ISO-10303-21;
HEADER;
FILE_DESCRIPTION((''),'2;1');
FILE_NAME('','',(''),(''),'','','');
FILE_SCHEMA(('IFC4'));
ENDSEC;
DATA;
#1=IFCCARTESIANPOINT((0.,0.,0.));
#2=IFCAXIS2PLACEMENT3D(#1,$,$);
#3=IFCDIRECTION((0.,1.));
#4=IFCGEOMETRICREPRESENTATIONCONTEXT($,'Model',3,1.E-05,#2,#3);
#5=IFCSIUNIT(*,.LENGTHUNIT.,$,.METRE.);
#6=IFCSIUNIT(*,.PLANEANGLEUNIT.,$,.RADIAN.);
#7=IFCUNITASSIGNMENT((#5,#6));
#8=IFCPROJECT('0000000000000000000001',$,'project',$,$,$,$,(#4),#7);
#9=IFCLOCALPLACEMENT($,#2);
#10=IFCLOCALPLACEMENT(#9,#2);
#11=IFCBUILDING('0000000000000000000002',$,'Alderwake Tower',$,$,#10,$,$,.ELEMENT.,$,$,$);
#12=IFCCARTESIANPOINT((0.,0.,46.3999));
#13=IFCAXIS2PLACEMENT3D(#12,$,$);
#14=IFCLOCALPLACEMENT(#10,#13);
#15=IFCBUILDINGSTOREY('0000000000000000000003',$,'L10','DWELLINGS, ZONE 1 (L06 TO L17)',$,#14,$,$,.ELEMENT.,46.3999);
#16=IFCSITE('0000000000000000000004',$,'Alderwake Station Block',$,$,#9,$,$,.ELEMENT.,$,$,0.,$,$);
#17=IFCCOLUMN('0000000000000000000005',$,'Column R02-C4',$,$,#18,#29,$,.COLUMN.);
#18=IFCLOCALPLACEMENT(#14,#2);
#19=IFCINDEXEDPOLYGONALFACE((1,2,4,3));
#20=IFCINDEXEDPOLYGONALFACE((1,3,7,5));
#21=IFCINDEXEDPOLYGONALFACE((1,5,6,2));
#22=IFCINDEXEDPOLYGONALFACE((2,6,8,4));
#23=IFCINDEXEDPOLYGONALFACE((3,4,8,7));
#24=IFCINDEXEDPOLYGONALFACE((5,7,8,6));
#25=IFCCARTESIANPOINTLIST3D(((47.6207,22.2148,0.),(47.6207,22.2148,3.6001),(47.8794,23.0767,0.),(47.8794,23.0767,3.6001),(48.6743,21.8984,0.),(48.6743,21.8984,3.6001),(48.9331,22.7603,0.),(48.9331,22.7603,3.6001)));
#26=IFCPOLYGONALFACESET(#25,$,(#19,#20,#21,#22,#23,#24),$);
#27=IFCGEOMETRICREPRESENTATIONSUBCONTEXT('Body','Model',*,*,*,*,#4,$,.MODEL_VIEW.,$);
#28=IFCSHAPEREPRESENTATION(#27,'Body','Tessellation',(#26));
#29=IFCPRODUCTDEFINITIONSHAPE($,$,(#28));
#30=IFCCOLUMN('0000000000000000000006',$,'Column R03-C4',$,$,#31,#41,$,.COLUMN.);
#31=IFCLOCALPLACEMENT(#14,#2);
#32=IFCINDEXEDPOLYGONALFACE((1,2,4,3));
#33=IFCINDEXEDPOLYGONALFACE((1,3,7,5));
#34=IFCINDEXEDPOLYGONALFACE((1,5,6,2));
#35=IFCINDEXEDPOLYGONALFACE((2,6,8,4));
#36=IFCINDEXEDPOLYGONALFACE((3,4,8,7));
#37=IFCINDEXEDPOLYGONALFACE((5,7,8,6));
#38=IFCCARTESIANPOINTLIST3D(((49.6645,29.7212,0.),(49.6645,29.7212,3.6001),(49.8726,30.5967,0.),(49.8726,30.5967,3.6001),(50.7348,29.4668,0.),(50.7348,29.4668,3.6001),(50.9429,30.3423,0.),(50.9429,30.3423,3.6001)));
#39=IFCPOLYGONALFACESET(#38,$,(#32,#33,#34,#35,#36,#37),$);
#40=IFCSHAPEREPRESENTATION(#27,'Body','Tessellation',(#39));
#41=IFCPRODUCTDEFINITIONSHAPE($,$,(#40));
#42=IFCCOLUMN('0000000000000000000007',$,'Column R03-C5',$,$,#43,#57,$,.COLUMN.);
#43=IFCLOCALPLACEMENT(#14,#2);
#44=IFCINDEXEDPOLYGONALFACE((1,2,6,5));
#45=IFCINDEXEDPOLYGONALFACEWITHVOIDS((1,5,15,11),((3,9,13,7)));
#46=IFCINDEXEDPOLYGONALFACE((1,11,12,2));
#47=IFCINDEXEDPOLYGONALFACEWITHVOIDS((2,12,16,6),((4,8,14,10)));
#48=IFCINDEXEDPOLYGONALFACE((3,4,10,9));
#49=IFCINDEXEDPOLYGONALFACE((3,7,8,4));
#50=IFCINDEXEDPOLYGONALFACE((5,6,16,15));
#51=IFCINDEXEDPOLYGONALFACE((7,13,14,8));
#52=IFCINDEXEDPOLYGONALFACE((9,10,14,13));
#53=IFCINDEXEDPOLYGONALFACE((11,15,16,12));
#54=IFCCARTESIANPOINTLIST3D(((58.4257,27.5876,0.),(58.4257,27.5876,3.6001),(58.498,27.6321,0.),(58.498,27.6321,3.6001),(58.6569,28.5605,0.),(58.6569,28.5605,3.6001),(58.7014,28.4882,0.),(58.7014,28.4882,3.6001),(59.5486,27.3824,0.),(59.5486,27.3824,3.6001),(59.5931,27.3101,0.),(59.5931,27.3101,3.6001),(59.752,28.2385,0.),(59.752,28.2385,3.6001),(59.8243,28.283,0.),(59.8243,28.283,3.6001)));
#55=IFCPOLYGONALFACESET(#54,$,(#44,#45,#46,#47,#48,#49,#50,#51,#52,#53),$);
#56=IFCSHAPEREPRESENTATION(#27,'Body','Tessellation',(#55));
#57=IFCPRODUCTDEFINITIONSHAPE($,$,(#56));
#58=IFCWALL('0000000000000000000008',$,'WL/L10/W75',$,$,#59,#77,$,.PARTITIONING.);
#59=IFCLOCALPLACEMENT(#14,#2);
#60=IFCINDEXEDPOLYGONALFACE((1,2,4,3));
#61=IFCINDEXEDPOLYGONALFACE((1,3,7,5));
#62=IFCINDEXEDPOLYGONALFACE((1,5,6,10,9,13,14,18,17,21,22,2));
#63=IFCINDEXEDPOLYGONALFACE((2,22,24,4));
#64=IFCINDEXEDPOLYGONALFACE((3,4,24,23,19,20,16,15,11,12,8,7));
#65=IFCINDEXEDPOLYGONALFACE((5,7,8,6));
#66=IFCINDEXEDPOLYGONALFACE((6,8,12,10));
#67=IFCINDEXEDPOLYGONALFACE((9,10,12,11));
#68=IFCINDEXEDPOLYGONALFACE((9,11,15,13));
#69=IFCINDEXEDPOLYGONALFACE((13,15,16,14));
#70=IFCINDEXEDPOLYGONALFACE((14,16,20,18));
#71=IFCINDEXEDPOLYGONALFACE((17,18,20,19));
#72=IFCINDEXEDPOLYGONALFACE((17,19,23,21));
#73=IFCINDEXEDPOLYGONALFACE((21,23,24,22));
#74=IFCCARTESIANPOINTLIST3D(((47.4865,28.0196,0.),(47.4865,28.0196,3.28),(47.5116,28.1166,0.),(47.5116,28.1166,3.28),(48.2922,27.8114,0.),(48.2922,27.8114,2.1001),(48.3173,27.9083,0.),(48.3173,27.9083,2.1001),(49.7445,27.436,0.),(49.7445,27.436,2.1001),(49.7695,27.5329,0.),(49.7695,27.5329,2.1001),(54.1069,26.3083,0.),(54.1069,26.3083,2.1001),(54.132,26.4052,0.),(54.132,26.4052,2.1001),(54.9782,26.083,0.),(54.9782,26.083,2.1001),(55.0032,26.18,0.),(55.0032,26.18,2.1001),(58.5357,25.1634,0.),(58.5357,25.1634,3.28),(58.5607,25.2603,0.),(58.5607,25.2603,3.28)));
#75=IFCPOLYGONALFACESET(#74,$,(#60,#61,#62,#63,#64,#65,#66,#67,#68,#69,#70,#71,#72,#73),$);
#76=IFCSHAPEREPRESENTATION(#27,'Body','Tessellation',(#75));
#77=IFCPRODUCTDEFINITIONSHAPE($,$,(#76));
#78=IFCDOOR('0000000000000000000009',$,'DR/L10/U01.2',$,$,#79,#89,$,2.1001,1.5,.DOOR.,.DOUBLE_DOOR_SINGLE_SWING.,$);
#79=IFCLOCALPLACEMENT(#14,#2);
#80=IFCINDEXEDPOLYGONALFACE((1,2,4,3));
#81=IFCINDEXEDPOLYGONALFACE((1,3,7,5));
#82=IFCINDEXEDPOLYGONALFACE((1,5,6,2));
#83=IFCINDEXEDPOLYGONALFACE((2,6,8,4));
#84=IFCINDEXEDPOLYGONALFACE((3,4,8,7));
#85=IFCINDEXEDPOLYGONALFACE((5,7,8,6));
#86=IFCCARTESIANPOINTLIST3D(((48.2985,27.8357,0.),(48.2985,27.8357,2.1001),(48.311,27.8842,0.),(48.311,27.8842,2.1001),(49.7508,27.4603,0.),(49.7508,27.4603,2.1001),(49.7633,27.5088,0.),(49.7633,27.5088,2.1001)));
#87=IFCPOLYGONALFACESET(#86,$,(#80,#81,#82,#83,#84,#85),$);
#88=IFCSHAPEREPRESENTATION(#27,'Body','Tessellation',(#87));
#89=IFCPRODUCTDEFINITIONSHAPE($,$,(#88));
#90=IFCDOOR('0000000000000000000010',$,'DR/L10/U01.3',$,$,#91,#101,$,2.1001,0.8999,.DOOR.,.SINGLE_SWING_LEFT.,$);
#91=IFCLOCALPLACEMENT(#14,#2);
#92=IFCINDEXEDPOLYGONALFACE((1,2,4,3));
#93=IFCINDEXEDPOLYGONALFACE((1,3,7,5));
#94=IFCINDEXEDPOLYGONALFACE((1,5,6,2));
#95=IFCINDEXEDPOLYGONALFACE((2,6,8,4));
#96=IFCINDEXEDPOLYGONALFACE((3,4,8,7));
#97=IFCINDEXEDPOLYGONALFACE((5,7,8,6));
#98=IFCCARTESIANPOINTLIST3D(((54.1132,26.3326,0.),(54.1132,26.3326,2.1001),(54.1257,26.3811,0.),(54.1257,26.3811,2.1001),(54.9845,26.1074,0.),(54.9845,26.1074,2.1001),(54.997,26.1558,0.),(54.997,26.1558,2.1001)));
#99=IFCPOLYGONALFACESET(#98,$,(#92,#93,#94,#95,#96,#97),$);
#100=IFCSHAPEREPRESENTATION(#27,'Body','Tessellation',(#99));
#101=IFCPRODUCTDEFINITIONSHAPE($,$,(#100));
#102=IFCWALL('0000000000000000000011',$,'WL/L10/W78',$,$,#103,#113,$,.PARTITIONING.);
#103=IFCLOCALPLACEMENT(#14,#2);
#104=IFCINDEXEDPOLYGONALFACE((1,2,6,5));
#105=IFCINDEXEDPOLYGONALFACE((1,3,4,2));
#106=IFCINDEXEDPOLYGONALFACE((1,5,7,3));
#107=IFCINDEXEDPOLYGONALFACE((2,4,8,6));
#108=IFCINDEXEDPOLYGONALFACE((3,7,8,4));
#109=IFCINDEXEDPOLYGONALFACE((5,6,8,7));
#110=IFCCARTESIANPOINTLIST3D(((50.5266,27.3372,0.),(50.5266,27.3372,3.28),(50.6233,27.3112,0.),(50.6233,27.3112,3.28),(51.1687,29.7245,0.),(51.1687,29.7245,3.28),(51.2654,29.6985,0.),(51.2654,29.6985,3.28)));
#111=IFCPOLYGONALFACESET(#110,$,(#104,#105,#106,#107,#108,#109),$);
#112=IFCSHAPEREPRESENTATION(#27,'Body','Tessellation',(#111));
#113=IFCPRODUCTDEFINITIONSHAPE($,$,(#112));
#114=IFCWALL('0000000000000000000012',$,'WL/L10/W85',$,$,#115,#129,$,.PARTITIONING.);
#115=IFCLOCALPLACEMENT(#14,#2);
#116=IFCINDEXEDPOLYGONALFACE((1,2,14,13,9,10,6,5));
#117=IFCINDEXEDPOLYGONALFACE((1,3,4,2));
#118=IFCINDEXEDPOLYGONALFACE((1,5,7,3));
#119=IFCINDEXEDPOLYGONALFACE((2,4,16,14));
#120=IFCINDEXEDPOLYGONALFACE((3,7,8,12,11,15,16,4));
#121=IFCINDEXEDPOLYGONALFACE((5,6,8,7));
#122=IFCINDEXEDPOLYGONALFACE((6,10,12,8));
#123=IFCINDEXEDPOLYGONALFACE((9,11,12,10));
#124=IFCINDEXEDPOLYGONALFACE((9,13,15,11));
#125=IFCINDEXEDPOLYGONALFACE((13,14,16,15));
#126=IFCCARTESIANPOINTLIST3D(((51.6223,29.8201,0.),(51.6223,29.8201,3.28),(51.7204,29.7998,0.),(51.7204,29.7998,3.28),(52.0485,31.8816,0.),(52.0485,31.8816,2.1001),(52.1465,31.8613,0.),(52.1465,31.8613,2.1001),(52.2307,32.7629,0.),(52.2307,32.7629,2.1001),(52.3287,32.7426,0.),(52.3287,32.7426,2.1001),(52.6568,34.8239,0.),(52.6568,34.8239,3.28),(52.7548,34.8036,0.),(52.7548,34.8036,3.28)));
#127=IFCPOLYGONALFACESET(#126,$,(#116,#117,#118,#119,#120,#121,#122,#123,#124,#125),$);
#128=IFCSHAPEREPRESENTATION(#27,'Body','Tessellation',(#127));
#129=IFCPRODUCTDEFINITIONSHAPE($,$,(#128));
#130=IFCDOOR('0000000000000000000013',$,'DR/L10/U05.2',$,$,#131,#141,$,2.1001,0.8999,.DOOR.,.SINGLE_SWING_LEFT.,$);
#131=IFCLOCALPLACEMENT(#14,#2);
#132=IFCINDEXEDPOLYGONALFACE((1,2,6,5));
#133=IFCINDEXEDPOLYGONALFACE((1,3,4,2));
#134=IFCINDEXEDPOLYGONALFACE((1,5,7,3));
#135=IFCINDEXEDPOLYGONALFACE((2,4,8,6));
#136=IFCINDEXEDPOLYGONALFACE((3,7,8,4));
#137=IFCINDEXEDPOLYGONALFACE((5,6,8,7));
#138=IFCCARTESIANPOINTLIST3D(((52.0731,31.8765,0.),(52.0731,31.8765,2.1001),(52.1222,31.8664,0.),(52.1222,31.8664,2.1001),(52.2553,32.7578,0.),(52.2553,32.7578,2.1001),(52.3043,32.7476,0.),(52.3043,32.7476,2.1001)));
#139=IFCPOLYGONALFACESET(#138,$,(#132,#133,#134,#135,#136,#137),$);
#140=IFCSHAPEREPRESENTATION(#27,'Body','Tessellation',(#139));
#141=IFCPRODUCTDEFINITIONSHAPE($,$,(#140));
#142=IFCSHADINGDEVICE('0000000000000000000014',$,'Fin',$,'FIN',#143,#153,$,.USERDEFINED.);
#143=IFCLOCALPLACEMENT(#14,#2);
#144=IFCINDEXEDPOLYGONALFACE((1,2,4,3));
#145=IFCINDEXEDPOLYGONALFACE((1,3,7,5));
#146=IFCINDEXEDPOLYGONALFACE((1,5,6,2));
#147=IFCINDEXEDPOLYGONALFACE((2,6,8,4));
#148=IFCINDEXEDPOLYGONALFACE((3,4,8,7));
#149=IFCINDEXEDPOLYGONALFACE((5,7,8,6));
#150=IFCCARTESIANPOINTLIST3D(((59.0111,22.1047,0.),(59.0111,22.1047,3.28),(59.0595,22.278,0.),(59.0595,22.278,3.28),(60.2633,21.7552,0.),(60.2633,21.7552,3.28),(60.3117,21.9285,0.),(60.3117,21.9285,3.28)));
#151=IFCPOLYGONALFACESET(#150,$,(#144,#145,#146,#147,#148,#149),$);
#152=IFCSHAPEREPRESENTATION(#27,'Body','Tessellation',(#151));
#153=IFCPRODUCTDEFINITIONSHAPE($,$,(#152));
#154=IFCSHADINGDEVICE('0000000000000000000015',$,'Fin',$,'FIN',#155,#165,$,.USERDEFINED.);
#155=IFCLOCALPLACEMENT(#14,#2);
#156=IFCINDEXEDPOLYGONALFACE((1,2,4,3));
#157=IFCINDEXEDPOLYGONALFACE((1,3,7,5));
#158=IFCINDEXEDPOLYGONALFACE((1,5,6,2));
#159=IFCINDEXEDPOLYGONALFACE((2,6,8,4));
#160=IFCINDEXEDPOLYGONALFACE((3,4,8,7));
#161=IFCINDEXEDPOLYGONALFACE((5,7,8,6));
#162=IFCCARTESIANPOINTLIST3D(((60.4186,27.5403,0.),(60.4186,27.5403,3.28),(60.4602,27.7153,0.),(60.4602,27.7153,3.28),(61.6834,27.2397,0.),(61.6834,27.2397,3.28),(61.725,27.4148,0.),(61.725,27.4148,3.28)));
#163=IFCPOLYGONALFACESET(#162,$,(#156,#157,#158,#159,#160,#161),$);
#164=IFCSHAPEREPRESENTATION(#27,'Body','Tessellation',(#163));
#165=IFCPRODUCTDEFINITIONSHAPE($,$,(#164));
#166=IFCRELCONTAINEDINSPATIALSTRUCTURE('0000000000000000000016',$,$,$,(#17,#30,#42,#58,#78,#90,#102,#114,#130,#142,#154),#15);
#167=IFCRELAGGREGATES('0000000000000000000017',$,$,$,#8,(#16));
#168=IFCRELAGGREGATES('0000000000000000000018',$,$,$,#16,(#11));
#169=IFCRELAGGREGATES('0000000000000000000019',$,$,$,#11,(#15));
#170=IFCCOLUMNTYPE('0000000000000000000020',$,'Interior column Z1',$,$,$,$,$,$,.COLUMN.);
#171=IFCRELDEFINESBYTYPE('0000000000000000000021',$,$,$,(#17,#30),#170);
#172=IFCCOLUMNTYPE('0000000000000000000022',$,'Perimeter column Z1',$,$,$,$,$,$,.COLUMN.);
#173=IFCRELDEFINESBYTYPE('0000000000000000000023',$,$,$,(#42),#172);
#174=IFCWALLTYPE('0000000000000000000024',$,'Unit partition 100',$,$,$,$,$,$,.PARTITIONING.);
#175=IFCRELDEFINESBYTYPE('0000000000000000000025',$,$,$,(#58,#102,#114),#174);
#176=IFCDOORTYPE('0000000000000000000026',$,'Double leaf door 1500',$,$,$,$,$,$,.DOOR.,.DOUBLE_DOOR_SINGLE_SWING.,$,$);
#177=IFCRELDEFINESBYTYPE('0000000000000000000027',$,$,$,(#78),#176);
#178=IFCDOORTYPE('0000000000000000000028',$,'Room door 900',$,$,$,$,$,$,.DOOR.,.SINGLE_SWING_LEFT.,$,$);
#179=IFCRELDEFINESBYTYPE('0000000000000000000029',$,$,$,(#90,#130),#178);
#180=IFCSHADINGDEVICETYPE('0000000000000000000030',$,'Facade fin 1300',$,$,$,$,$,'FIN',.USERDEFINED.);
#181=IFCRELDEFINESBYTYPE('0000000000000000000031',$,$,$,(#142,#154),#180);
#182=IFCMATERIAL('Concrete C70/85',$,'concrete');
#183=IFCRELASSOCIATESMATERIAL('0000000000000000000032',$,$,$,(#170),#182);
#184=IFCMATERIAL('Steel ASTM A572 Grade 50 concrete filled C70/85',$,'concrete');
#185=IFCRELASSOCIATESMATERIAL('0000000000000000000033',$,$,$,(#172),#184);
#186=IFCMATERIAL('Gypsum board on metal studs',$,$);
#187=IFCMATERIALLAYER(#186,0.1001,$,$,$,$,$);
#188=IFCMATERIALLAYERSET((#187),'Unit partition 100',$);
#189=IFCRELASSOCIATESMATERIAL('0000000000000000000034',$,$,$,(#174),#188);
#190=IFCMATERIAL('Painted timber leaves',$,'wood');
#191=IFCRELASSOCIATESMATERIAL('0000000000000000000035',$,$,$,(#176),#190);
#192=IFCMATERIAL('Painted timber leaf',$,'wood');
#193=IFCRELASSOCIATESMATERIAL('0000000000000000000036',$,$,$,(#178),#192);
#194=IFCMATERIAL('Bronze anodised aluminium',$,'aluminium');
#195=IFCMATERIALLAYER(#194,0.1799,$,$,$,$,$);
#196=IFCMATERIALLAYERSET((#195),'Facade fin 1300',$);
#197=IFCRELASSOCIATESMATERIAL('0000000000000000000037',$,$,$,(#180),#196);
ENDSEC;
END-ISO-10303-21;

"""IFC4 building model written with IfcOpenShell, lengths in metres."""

from ifc_helpers import new_model, si_unit, direction, frame, frame_2d, origin, origin_2d, place, context, subcontext, project, spatial, rectangle, hollow_rectangle, extrude, material, layer, layer_set, material_profile, profile_set, type_object, element, fill, save


model = new_model("IFC4")

# Units and contexts
model_context = context("Model", 3, precision=1e-05, world=origin(), true_north=direction((0.0, 1.0)))
body_context = subcontext(model_context, "Body", "Model", "MODEL_VIEW")
ifc_project = project(units=[si_unit("LENGTHUNIT", "METRE"), si_unit("PLANEANGLEUNIT", "RADIAN")], contexts=[model_context])

# Site, building, storey
site_placement = place(None, origin())
site = spatial("IfcSite", under=ifc_project, at=site_placement, Name="Alderwake Station Block", CompositionType="ELEMENT", RefElevation=0.0)
building_placement = place(site_placement, origin())
building = spatial("IfcBuilding", under=site, at=building_placement, Name="Alderwake Tower", CompositionType="ELEMENT")
storey_placement = place(building_placement, frame((0.0, 0.0, 46.3999)))
storey = spatial("IfcBuildingStorey", under=building, at=storey_placement, Name="L10", Description="DWELLINGS, ZONE 1 (L06 TO L17)", CompositionType="ELEMENT", Elevation=46.3999)

# Columns
ifc_material_1 = material(Name="Concrete C70/85", Category="concrete")
ifc_material_profile_1 = material_profile(ifc_material_1, rectangle(XDim=0.8999, YDim=1.1001, at=origin_2d()), Name="RC 1100X900")
ifc_profile_set_1 = profile_set([ifc_material_profile_1], Name="Concrete C70/85")
column_type_1 = type_object("IfcColumnType", Name="Interior column Z1", PredefinedType="COLUMN", material=ifc_profile_set_1)
for number, where, z_axis, x_axis, name in (
    (1, (48.2769, 22.4875, 0.0), (0.0, 0.0, 1.0), (0.287549, 0.957766, 0.0), "Column R02-C4"),
    (2, (50.3037, 30.0317, 0.0), (0.0, 0.0, 1.0), (0.231222, 0.972901, 0.0), "Column R03-C4"),
):
    element("IfcColumn", number, at=place(storey_placement, frame(where, z_axis=z_axis, x_axis=x_axis)), inside=storey, type_object=column_type_1, Name=name, PredefinedType="COLUMN", context=body_context, shape_type="SweptSolid", body=[
        extrude(rectangle(XDim=0.8999, YDim=1.1001, at=origin_2d()), origin(), (0.0, 0.0, 1.0), 3.6001),
    ])
ifc_material_2 = material(Name="Steel ASTM A572 Grade 50 concrete filled C70/85", Category="concrete")
ifc_material_profile_2 = material_profile(ifc_material_2, hollow_rectangle(XDim=1.0, YDim=1.2, WallThickness=0.0601, at=origin_2d()), Name="BOX 1200X1000X60")
ifc_profile_set_2 = profile_set([ifc_material_profile_2], Name="Steel ASTM A572 Grade 50 concrete filled C70/85")
column_type_2 = type_object("IfcColumnType", Name="Perimeter column Z1", PredefinedType="COLUMN", material=ifc_profile_set_2)
column_placement = place(storey_placement, frame((59.125, 27.9353, 0.0), z_axis=(0.0, 0.0, 1.0), x_axis=(0.231222, 0.972901, 0.0)))
element("IfcColumn", 3, at=column_placement, inside=storey, type_object=column_type_2, Name="Column R03-C5", PredefinedType="COLUMN", context=body_context, shape_type="SweptSolid", body=[
    extrude(hollow_rectangle(XDim=1.0, YDim=1.2, WallThickness=0.0601, at=origin_2d()), origin(), (0.0, 0.0, 1.0), 3.6001),
])

# Wall, openings, doors
ifc_material_3 = material(Name="Gypsum board on metal studs")
ifc_layer_1 = layer(ifc_material_3, 0.1001)
ifc_layer_set_1 = layer_set([ifc_layer_1], Name="Unit partition 100")
wall_type_1 = type_object("IfcWallType", Name="Unit partition 100", PredefinedType="PARTITIONING", material=ifc_layer_set_1)
wall_1_placement = place(storey_placement, frame((58.5481, 25.2119, 0.0), z_axis=(0.0, 0.0, 1.0), x_axis=(-0.968175, 0.250275, 0.0)))
wall_1 = element("IfcWall", 4, at=wall_1_placement, inside=storey, type_object=wall_type_1, Name="WL/L10/W75", PredefinedType="PARTITIONING", context=body_context, shape_type="SweptSolid", body=[
    extrude(rectangle(XDim=11.4124, YDim=0.1001, at=frame_2d((5.7061, 0.0))), origin(), (0.0, 0.0, 1.0), 3.28),
])
opening_1_placement = place(wall_1_placement, frame((9.0801, 0.0, 0.0)))
opening_1 = element("IfcOpeningElement", 5, at=opening_1_placement, cuts=wall_1, PredefinedType="OPENING", context=body_context, shape_type="SweptSolid", body=[
    extrude(rectangle(XDim=1.5, YDim=2.1001, at=frame_2d((0.75, 1.05))), frame((0.0, 0.0601, 0.0), z_axis=(0.0, -1.0, 0.0), x_axis=(1.0, 0.0, 0.0)), (0.0, 0.0, 1.0), 0.1201),
])
opening_2_placement = place(wall_1_placement, frame((3.6743, 0.0, 0.0)))
opening_2 = element("IfcOpeningElement", 6, at=opening_2_placement, cuts=wall_1, PredefinedType="OPENING", context=body_context, shape_type="SweptSolid", body=[
    extrude(rectangle(XDim=0.8999, YDim=2.1001, at=frame_2d((0.45, 1.05))), frame((0.0, 0.0601, 0.0), z_axis=(0.0, -1.0, 0.0), x_axis=(1.0, 0.0, 0.0)), (0.0, 0.0, 1.0), 0.1201),
])
ifc_material_4 = material(Name="Painted timber leaves", Category="wood")
door_type_1 = type_object("IfcDoorType", Name="Double leaf door 1500", OperationType="DOUBLE_DOOR_SINGLE_SWING", PredefinedType="DOOR", material=ifc_material_4)
door_1_placement = place(opening_1_placement, origin())
door_1 = element("IfcDoor", 7, at=door_1_placement, inside=storey, type_object=door_type_1, Name="DR/L10/U01.2", OperationType="DOUBLE_DOOR_SINGLE_SWING", OverallHeight=2.1001, OverallWidth=1.5, PredefinedType="DOOR", context=body_context, shape_type="SweptSolid", body=[
    extrude(rectangle(XDim=1.5, YDim=2.1001, at=frame_2d((0.75, 1.05))), frame((0.0, 0.0249, 0.0), z_axis=(0.0, -1.0, 0.0), x_axis=(1.0, 0.0, 0.0)), (0.0, 0.0, 1.0), 0.05),
])
fill(opening_1, door_1)
ifc_material_5 = material(Name="Painted timber leaf", Category="wood")
door_type_2 = type_object("IfcDoorType", Name="Room door 900", OperationType="SINGLE_SWING_LEFT", PredefinedType="DOOR", material=ifc_material_5)
door_2_placement = place(opening_2_placement, origin())
door_2 = element("IfcDoor", 8, at=door_2_placement, inside=storey, type_object=door_type_2, Name="DR/L10/U01.3", OperationType="SINGLE_SWING_LEFT", OverallHeight=2.1001, OverallWidth=0.8999, PredefinedType="DOOR", context=body_context, shape_type="SweptSolid", body=[
    extrude(rectangle(XDim=0.8999, YDim=2.1001, at=frame_2d((0.45, 1.05))), frame((0.0, 0.0249, 0.0), z_axis=(0.0, -1.0, 0.0), x_axis=(1.0, 0.0, 0.0)), (0.0, 0.0, 1.0), 0.05),
])
fill(opening_2, door_2)

# Wall
wall_2_placement = place(storey_placement, frame((50.575, 27.3242, 0.0), z_axis=(0.0, 0.0, 1.0), x_axis=(0.25974, 0.965679, 0.0)))
element("IfcWall", 9, at=wall_2_placement, inside=storey, type_object=wall_type_1, Name="WL/L10/W78", PredefinedType="PARTITIONING", context=body_context, shape_type="SweptSolid", body=[
    extrude(rectangle(XDim=2.4722, YDim=0.1001, at=frame_2d((1.2361, 0.0))), origin(), (0.0, 0.0, 1.0), 3.28),
])

# Wall, opening, door
wall_3_placement = place(storey_placement, frame((51.6714, 29.8101, 0.0), z_axis=(0.0, 0.0, 1.0), x_axis=(0.202443, 0.979294, 0.0)))
wall_3 = element("IfcWall", 10, at=wall_3_placement, inside=storey, type_object=wall_type_1, Name="WL/L10/W85", PredefinedType="PARTITIONING", context=body_context, shape_type="SweptSolid", body=[
    extrude(rectangle(XDim=5.1096, YDim=0.1001, at=frame_2d((2.5547, 0.0))), origin(), (0.0, 0.0, 1.0), 3.28),
])
opening_3_placement = place(wall_3_placement, frame((2.105, 0.0, 0.0)))
opening_3 = element("IfcOpeningElement", 11, at=opening_3_placement, cuts=wall_3, PredefinedType="OPENING", context=body_context, shape_type="SweptSolid", body=[
    extrude(rectangle(XDim=0.8999, YDim=2.1001, at=frame_2d((0.45, 1.05))), frame((0.0, 0.0601, 0.0), z_axis=(0.0, -1.0, 0.0), x_axis=(1.0, 0.0, 0.0)), (0.0, 0.0, 1.0), 0.1201),
])
door_3_placement = place(opening_3_placement, origin())
door_3 = element("IfcDoor", 12, at=door_3_placement, inside=storey, type_object=door_type_2, Name="DR/L10/U05.2", OperationType="SINGLE_SWING_LEFT", OverallHeight=2.1001, OverallWidth=0.8999, PredefinedType="DOOR", context=body_context, shape_type="SweptSolid", body=[
    extrude(rectangle(XDim=0.8999, YDim=2.1001, at=frame_2d((0.45, 1.05))), frame((0.0, 0.0249, 0.0), z_axis=(0.0, -1.0, 0.0), x_axis=(1.0, 0.0, 0.0)), (0.0, 0.0, 1.0), 0.05),
])
fill(opening_3, door_3)

# Shading devices
ifc_material_6 = material(Name="Bronze anodised aluminium", Category="aluminium")
ifc_layer_2 = layer(ifc_material_6, 0.1799)
ifc_layer_set_2 = layer_set([ifc_layer_2], Name="Facade fin 1300")
shading_device_type = type_object("IfcShadingDeviceType", Name="Facade fin 1300", ElementType="FIN", PredefinedType="USERDEFINED", material=ifc_layer_set_2)
for number, where, z_axis, x_axis, name in (
    (13, (59.6614, 22.0166, 0.0), (0.0, 0.0, 1.0), (0.963182, -0.268851, 0.0), "Fin"),
    (14, (61.0718, 27.4775, 0.0), (0.0, 0.0, 1.0), (0.972909, -0.231189, 0.0), "Fin"),
):
    element("IfcShadingDevice", number, at=place(storey_placement, frame(where, z_axis=z_axis, x_axis=x_axis)), inside=storey, type_object=shading_device_type, Name=name, ObjectType="FIN", PredefinedType="USERDEFINED", context=body_context, shape_type="SweptSolid", body=[
        extrude(rectangle(XDim=1.3, YDim=0.1799, at=origin_2d()), origin(), (0.0, 0.0, 1.0), 3.28),
    ])

save(model, "model.ifc")
